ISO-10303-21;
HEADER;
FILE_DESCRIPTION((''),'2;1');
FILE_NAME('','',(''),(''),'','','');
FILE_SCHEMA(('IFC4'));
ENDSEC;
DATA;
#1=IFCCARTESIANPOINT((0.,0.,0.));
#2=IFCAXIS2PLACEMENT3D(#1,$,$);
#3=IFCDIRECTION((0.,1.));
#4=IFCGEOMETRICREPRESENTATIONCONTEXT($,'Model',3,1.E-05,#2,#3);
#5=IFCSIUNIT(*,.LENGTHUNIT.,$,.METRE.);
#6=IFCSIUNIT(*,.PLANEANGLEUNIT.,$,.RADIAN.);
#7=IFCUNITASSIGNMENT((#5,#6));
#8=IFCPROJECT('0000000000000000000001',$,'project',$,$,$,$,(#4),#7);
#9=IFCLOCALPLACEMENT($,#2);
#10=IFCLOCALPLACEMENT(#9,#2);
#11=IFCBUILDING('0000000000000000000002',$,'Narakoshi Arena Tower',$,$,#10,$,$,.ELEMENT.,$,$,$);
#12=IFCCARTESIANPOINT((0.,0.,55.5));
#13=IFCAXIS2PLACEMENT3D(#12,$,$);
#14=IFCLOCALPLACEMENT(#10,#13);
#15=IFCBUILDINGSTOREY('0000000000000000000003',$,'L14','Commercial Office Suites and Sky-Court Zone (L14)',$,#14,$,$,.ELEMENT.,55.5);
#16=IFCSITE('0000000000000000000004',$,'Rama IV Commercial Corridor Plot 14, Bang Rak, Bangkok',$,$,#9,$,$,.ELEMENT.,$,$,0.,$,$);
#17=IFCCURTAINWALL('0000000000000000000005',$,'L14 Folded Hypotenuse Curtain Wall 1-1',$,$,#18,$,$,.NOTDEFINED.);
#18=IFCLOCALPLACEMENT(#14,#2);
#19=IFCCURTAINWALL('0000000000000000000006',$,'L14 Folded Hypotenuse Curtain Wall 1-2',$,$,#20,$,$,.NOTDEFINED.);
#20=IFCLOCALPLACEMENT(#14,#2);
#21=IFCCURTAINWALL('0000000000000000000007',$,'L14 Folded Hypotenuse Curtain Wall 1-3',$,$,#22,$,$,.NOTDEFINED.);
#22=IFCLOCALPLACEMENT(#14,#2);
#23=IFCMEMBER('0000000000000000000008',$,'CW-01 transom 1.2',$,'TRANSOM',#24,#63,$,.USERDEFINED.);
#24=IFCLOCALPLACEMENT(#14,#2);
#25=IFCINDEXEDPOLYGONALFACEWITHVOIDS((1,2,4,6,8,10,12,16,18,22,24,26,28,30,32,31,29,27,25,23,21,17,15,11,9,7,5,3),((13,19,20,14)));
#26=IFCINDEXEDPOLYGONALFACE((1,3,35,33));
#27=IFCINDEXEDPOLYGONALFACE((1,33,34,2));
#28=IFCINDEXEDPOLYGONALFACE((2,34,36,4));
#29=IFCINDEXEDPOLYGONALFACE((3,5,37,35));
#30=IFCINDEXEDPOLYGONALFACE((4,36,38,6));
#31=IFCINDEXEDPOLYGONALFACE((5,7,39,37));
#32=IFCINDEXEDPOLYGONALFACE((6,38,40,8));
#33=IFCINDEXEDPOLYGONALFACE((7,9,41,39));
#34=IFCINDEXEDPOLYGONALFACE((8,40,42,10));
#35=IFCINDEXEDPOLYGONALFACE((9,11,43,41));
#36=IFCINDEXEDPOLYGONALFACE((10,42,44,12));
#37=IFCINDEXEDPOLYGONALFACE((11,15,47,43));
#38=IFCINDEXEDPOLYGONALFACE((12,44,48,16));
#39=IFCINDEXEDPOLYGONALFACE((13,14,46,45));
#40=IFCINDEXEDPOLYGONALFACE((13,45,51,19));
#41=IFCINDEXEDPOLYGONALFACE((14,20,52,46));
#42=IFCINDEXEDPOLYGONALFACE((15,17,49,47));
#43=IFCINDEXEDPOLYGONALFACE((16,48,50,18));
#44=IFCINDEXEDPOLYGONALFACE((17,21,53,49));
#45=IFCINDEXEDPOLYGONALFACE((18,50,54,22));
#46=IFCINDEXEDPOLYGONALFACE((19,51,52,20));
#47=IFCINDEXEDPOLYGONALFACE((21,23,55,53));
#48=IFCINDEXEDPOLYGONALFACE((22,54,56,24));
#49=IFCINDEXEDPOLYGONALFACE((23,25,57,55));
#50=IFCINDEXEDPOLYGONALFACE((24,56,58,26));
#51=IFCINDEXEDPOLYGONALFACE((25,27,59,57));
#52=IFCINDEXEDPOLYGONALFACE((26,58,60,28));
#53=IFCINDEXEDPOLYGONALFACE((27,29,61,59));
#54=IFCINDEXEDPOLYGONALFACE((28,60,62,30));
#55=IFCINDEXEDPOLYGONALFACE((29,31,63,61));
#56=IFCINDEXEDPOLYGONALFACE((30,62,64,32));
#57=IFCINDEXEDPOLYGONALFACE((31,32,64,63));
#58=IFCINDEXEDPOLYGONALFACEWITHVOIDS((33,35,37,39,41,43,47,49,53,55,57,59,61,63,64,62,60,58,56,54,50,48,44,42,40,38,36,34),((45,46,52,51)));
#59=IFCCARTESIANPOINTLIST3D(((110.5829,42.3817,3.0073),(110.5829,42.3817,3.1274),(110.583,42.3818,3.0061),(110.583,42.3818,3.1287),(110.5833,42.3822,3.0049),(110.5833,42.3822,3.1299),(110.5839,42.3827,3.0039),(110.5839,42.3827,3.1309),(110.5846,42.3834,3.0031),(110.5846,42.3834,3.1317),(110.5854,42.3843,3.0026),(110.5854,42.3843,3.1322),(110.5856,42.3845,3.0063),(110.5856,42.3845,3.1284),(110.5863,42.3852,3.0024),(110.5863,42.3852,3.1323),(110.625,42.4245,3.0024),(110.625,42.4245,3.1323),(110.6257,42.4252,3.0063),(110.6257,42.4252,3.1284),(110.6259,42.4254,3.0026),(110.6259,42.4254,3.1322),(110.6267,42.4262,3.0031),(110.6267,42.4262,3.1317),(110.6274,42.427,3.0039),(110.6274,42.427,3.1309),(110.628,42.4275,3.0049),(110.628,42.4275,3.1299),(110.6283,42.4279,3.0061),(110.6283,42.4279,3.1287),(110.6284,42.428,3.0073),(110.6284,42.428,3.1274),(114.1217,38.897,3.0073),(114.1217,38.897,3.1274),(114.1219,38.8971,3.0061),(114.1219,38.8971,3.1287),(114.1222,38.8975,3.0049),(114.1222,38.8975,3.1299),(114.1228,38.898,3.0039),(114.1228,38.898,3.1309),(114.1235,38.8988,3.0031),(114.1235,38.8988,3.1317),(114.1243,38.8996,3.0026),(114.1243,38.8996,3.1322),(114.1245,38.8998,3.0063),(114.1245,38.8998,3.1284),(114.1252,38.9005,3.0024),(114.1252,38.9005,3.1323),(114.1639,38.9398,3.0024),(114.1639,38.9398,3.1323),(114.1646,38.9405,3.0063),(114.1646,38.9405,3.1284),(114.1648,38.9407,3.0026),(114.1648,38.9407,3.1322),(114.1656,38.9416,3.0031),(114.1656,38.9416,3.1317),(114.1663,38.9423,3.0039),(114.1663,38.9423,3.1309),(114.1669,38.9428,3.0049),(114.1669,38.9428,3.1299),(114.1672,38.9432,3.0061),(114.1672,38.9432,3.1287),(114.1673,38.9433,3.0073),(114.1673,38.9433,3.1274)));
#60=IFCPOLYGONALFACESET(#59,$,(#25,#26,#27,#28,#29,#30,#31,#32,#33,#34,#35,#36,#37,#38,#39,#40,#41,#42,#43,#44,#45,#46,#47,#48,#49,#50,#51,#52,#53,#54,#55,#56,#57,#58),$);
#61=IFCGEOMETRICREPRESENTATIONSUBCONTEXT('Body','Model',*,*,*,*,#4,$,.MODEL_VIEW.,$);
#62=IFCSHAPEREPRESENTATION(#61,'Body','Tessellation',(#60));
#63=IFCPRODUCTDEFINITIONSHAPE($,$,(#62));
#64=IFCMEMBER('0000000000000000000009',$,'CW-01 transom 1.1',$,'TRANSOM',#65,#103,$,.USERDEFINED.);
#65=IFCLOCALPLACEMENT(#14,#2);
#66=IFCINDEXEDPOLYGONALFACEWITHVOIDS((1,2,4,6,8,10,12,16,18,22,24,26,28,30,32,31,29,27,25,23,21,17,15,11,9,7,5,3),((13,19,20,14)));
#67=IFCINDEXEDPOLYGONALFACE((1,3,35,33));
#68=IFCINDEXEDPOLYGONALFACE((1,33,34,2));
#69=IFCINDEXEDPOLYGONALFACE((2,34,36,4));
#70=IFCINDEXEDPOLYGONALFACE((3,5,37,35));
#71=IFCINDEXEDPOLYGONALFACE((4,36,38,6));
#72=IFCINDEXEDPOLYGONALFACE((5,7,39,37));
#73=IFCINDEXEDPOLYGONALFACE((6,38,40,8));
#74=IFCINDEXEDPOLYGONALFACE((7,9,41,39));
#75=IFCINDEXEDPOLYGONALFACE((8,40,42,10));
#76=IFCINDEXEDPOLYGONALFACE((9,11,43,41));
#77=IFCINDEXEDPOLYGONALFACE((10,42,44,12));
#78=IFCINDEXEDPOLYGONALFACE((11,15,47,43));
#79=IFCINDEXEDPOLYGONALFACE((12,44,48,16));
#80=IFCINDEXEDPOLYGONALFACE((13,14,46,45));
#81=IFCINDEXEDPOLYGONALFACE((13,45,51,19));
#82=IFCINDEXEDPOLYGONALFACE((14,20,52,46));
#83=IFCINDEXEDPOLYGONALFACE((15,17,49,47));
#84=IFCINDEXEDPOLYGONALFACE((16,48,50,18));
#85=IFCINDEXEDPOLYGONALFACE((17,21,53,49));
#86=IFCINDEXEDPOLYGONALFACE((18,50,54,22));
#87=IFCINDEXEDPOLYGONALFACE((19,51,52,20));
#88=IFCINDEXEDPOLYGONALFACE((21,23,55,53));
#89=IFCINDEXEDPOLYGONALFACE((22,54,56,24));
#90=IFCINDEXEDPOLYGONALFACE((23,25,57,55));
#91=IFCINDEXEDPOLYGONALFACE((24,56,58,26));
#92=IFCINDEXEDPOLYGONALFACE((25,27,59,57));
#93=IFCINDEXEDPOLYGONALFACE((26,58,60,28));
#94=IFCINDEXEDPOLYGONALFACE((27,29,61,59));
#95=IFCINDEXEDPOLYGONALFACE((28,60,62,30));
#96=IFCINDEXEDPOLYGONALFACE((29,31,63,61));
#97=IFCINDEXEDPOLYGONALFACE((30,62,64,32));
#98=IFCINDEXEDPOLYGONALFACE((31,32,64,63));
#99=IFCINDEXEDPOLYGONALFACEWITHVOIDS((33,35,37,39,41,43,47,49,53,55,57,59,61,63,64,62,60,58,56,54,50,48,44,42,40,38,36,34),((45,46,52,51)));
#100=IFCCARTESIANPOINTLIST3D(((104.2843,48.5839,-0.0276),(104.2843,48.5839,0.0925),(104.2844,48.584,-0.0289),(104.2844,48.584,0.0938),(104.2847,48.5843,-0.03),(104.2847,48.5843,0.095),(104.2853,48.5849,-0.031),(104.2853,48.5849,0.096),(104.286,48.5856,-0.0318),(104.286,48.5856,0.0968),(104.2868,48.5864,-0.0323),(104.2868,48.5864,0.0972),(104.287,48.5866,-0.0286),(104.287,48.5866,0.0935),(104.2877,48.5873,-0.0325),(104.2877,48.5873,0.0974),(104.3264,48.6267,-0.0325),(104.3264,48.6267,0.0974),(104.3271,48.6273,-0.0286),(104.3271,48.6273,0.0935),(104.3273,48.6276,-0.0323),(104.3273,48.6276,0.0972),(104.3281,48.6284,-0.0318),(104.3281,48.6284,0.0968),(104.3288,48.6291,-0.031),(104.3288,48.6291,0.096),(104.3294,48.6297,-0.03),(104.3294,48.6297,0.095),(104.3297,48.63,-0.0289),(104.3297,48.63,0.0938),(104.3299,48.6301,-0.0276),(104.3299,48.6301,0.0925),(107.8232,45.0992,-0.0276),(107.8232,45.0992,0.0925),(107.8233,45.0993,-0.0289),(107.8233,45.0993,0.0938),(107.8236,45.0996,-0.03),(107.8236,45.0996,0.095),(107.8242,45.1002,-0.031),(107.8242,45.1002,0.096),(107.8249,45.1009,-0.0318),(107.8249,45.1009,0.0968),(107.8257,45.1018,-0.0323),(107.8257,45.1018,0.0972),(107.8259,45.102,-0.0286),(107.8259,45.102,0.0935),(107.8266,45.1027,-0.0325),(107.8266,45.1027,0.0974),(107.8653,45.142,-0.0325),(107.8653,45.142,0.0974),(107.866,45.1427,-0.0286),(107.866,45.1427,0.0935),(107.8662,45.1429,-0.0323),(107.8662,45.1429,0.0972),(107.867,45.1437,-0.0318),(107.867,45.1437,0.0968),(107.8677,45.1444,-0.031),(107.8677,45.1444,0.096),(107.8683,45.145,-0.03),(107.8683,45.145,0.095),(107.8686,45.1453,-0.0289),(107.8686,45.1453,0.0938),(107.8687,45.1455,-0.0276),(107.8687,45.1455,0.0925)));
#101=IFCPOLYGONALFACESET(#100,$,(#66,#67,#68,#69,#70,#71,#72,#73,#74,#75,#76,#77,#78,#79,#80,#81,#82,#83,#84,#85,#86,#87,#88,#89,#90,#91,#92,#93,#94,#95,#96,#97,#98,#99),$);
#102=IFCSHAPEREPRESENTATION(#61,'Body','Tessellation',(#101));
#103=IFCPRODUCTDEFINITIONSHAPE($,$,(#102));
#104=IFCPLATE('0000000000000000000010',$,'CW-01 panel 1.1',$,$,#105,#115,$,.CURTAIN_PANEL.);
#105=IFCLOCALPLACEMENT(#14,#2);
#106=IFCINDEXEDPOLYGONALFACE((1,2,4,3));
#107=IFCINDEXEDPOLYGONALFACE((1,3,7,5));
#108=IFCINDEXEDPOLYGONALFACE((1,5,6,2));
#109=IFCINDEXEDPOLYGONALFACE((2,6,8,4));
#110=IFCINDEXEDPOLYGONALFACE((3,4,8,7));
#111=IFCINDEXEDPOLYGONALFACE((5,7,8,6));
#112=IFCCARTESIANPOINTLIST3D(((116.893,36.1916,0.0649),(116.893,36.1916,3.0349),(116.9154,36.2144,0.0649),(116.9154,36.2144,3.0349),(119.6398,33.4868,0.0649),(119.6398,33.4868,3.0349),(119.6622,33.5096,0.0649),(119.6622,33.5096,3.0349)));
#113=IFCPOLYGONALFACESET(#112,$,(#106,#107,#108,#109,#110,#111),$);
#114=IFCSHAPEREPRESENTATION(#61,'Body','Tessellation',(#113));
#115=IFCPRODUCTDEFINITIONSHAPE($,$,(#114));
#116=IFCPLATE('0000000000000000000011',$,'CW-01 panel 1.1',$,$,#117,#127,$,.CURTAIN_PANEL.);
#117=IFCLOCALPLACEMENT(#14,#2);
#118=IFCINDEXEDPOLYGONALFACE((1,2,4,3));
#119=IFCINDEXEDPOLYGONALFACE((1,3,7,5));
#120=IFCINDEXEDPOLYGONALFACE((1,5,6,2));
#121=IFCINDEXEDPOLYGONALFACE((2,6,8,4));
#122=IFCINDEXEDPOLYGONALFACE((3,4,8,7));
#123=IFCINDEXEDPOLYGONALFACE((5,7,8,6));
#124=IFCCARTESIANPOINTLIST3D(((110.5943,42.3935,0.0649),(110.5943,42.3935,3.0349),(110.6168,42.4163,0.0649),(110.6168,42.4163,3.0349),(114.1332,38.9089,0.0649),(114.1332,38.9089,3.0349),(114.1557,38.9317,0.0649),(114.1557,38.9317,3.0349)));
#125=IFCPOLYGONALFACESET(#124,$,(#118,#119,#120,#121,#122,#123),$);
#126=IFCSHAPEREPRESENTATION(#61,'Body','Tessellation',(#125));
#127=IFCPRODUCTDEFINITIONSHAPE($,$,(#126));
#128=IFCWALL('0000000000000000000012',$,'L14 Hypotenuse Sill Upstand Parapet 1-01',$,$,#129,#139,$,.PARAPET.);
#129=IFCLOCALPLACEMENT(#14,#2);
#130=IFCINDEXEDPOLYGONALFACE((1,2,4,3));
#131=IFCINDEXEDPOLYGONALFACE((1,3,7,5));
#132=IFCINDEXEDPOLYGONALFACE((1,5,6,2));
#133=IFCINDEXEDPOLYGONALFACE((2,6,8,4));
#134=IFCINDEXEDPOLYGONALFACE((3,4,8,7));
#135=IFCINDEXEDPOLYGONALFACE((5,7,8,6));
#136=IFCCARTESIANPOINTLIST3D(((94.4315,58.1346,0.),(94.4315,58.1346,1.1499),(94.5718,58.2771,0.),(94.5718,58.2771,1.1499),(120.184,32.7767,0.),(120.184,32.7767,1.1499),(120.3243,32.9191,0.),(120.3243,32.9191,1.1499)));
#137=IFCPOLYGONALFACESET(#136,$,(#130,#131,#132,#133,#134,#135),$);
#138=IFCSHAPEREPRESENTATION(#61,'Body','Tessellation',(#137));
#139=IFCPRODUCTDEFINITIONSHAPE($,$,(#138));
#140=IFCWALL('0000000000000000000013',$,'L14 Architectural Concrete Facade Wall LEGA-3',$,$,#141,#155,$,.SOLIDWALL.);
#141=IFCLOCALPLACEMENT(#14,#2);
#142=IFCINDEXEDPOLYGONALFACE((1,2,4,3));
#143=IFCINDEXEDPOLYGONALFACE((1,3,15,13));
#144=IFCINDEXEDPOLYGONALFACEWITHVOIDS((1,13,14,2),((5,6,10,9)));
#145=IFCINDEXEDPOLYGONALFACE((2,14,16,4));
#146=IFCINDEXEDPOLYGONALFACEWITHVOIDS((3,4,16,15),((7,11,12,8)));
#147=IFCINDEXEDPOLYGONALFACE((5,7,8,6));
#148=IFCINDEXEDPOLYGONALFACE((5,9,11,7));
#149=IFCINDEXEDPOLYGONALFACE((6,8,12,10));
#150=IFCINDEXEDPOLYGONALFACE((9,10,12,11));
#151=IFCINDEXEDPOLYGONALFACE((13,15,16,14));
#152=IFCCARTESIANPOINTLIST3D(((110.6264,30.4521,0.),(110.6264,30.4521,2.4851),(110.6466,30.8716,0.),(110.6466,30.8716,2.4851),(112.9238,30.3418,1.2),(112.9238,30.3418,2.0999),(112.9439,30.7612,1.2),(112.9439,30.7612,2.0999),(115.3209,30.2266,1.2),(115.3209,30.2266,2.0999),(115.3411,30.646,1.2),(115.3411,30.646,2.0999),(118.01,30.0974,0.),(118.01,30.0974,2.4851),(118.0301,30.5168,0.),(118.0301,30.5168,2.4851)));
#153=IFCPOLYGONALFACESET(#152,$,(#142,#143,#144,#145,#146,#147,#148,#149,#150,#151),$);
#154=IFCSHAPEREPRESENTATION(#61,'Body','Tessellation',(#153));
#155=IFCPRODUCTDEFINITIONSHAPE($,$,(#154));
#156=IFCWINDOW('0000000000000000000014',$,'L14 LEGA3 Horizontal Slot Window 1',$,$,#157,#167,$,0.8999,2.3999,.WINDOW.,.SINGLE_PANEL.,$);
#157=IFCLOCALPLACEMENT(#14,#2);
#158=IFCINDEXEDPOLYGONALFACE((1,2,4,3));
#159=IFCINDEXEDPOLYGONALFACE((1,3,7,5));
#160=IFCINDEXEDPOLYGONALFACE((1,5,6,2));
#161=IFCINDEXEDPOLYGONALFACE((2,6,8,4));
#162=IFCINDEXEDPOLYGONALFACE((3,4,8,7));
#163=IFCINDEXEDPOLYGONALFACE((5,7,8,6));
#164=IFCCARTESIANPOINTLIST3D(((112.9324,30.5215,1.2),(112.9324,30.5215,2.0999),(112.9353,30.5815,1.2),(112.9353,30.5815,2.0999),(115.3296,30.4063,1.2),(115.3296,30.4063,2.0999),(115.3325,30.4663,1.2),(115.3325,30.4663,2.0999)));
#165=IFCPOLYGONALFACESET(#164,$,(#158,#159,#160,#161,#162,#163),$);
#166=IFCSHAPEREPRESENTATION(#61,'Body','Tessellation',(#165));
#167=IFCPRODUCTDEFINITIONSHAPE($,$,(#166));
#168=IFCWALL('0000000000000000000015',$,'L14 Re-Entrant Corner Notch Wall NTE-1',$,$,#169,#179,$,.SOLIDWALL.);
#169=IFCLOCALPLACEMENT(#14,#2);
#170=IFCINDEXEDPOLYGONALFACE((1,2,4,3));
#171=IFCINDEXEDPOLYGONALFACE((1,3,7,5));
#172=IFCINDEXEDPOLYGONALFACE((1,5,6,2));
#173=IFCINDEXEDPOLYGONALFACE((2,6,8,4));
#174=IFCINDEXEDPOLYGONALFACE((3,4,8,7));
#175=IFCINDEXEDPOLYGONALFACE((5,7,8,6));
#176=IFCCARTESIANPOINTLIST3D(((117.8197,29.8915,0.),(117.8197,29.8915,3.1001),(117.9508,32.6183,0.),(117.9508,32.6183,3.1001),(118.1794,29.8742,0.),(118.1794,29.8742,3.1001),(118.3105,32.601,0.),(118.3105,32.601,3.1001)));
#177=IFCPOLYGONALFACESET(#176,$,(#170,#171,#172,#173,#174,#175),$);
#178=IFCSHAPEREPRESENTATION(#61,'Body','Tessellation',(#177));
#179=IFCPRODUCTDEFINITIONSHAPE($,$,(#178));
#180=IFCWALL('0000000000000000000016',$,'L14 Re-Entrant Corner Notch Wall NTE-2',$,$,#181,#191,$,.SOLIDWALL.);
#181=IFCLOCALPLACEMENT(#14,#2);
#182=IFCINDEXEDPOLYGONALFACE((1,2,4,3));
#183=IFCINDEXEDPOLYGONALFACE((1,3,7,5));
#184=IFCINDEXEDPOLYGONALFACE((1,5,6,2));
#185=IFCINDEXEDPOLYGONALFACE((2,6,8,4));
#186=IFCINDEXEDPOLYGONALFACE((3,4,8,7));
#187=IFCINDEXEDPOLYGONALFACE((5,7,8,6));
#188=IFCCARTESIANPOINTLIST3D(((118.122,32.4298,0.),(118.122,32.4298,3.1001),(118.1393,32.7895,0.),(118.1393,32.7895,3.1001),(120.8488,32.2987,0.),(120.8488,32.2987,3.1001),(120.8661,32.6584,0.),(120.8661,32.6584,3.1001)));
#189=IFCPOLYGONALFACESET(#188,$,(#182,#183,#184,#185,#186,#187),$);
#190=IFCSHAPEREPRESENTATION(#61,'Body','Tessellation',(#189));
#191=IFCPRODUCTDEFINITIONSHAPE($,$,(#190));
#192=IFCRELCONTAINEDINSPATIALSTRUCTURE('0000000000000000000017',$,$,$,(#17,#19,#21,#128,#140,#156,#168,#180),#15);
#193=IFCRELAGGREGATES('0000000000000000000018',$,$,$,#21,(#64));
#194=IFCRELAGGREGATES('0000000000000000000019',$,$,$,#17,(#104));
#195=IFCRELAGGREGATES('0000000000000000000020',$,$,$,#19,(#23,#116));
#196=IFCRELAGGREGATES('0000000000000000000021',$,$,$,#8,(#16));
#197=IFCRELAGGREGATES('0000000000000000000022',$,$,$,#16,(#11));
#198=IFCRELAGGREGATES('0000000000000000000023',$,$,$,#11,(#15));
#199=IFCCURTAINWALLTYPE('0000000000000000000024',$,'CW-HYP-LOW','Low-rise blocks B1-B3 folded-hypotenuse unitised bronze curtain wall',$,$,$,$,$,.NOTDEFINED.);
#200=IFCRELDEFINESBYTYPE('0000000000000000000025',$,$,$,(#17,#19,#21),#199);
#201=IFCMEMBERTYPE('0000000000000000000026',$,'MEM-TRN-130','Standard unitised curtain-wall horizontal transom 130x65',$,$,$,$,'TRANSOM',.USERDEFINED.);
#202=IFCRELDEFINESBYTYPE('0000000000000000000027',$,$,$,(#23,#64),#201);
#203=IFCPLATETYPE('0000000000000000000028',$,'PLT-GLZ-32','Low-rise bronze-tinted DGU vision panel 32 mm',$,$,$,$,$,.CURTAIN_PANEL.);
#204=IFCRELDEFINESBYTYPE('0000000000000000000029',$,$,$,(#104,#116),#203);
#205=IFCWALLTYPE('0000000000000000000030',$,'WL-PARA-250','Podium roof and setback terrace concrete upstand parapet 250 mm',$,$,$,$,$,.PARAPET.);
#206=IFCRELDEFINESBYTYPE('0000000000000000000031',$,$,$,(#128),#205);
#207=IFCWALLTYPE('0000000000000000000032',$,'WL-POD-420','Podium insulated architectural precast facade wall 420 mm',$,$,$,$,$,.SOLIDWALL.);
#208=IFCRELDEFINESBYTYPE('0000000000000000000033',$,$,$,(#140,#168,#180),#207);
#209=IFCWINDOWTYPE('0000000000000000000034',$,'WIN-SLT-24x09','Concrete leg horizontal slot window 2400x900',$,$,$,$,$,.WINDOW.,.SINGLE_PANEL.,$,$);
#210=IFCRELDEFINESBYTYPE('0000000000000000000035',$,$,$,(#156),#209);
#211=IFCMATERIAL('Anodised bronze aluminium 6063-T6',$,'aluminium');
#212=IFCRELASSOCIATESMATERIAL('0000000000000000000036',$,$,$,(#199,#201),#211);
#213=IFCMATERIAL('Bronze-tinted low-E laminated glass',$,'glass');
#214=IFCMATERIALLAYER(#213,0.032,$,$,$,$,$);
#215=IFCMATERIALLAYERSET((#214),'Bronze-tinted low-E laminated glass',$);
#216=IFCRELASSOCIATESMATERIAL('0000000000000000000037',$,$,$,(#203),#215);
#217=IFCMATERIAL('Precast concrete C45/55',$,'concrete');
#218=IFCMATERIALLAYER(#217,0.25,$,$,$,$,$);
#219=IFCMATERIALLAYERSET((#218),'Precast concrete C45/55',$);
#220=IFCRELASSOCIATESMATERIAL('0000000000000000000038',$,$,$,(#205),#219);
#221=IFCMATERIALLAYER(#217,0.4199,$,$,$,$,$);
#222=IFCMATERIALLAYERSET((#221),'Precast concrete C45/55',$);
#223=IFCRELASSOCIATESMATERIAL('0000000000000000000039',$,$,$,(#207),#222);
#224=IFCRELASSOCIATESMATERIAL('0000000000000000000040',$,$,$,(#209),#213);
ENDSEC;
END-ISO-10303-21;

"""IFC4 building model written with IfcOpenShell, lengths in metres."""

from ifc_helpers import new_model, si_unit, direction, frame, frame_2d, origin, origin_2d, place, context, subcontext, project, spatial, rectangle, hollow_rectangle, extrude, material, layer, layer_set, material_profile, profile_set, type_object, element, fill, aggregate, save


model = new_model("IFC4")

# Units and contexts
model_context = context("Model", 3, precision=1e-05, world=origin(), true_north=direction((0.0, 1.0)))
body_context = subcontext(model_context, "Body", "Model", "MODEL_VIEW")
ifc_project = project(units=[si_unit("LENGTHUNIT", "METRE"), si_unit("PLANEANGLEUNIT", "RADIAN")], contexts=[model_context])

# Site, building, storey
site_placement = place(None, origin())
site = spatial("IfcSite", under=ifc_project, at=site_placement, Name="Rama IV Commercial Corridor Plot 14, Bang Rak, Bangkok", CompositionType="ELEMENT", RefElevation=0.0)
building_placement = place(site_placement, origin())
building = spatial("IfcBuilding", under=site, at=building_placement, Name="Narakoshi Arena Tower", CompositionType="ELEMENT")
storey_placement = place(building_placement, frame((0.0, 0.0, 55.5)))
storey = spatial("IfcBuildingStorey", under=building, at=storey_placement, Name="L14", Description="Commercial Office Suites and Sky-Court Zone (L14)", CompositionType="ELEMENT", Elevation=55.5)

# Curtain walls
ifc_material_1 = material(Name="Anodised bronze aluminium 6063-T6", Category="aluminium")
curtain_wall_type = type_object("IfcCurtainWallType", Name="CW-HYP-LOW", Description="Low-rise blocks B1-B3 folded-hypotenuse unitised bronze curtain wall", PredefinedType="NOTDEFINED", material=ifc_material_1)
curtain_wall_1_placement = place(storey_placement, origin())
curtain_wall_1 = element("IfcCurtainWall", 1, at=curtain_wall_1_placement, inside=storey, type_object=curtain_wall_type, Name="L14 Folded Hypotenuse Curtain Wall 1-1", PredefinedType="NOTDEFINED")
curtain_wall_2_placement = place(storey_placement, origin())
curtain_wall_2 = element("IfcCurtainWall", 2, at=curtain_wall_2_placement, inside=storey, type_object=curtain_wall_type, Name="L14 Folded Hypotenuse Curtain Wall 1-2", PredefinedType="NOTDEFINED")

# Curtain wall
curtain_wall_3_placement = place(storey_placement, origin())
curtain_wall_3 = element("IfcCurtainWall", 3, at=curtain_wall_3_placement, inside=storey, type_object=curtain_wall_type, Name="L14 Folded Hypotenuse Curtain Wall 1-3", PredefinedType="NOTDEFINED")

# Members
ifc_material_profile_1 = material_profile(ifc_material_1, hollow_rectangle(XDim=0.0649, YDim=0.1299, WallThickness=0.0039, OuterFilletRadius=0.0049, at=origin_2d()), Name="TRN130x65x4")
ifc_profile_set_1 = profile_set([ifc_material_profile_1], Name="Anodised bronze aluminium 6063-T6")
member_type_1 = type_object("IfcMemberType", Name="MEM-TRN-130", Description="Standard unitised curtain-wall horizontal transom 130x65", ElementType="TRANSOM", PredefinedType="USERDEFINED", material=ifc_profile_set_1)
member_1_placement = place(storey_placement, frame((114.1445, 38.9202, 3.0674), z_axis=(-0.712542, 0.701629, 0.0), x_axis=(-0.701629, -0.712542, 0.0)))
member_1 = element("IfcMember", 4, at=member_1_placement, type_object=member_type_1, Name="CW-01 transom 1.2", ObjectType="TRANSOM", PredefinedType="USERDEFINED", context=body_context, shape_type="SweptSolid", body=[
    extrude(hollow_rectangle(XDim=0.0649, YDim=0.1299, WallThickness=0.0039, OuterFilletRadius=0.0049, at=origin_2d()), origin(), (0.0, 0.0, 1.0), 4.9666),
])
member_2_placement = place(storey_placement, frame((107.8459, 45.1223, 0.0325), z_axis=(-0.712542, 0.701629, 0.0), x_axis=(-0.701629, -0.712542, 0.0)))
member_2 = element("IfcMember", 5, at=member_2_placement, type_object=member_type_1, Name="CW-01 transom 1.1", ObjectType="TRANSOM", PredefinedType="USERDEFINED", context=body_context, shape_type="SweptSolid", body=[
    extrude(hollow_rectangle(XDim=0.0649, YDim=0.1299, WallThickness=0.0039, OuterFilletRadius=0.0049, at=origin_2d()), origin(), (0.0, 0.0, 1.0), 4.9666),
])
aggregate(curtain_wall_3, [member_2])

# Plates
ifc_material_2 = material(Name="Bronze-tinted low-E laminated glass", Category="glass")
ifc_layer_1 = layer(ifc_material_2, 0.032)
ifc_layer_set_1 = layer_set([ifc_layer_1], Name="Bronze-tinted low-E laminated glass")
plate_type = type_object("IfcPlateType", Name="PLT-GLZ-32", Description="Low-rise bronze-tinted DGU vision panel 32 mm", PredefinedType="CURTAIN_PANEL", material=ifc_layer_set_1)
plate_1_placement = place(storey_placement, frame((118.2776, 34.8506, 0.0649), z_axis=(0.0, 0.0, 1.0), x_axis=(-0.712541, 0.70163, 0.0)))
plate_1 = element("IfcPlate", 6, at=plate_1_placement, type_object=plate_type, Name="CW-01 panel 1.1", PredefinedType="CURTAIN_PANEL", context=body_context, shape_type="SweptSolid", body=[
    extrude(rectangle(XDim=3.855, YDim=0.032, at=origin_2d()), origin(), (0.0, 0.0, 1.0), 2.97),
])
aggregate(curtain_wall_1, [plate_1])
plate_2_placement = place(storey_placement, frame((112.375, 40.6626, 0.0649), z_axis=(0.0, 0.0, 1.0), x_axis=(-0.712548, 0.701623, 0.0)))
plate_2 = element("IfcPlate", 7, at=plate_2_placement, type_object=plate_type, Name="CW-01 panel 1.1", PredefinedType="CURTAIN_PANEL", context=body_context, shape_type="SweptSolid", body=[
    extrude(rectangle(XDim=4.9666, YDim=0.032, at=origin_2d()), origin(), (0.0, 0.0, 1.0), 2.97),
])
aggregate(curtain_wall_2, [member_1, plate_2])

# Wall
ifc_material_3 = material(Name="Precast concrete C45/55", Category="concrete")
ifc_layer_2 = layer(ifc_material_3, 0.25)
ifc_layer_set_2 = layer_set([ifc_layer_2], Name="Precast concrete C45/55")
wall_type_1 = type_object("IfcWallType", Name="WL-PARA-250", Description="Podium roof and setback terrace concrete upstand parapet 250 mm", PredefinedType="PARAPET", material=ifc_layer_set_2)
wall_1_placement = place(storey_placement, frame((120.2542, 32.8479, 0.0), z_axis=(0.0, 0.0, 1.0), x_axis=(-0.712544, 0.701628, 0.0)))
element("IfcWall", 8, at=wall_1_placement, inside=storey, type_object=wall_type_1, Name="L14 Hypotenuse Sill Upstand Parapet 1-01", PredefinedType="PARAPET", context=body_context, shape_type="SweptSolid", body=[
    extrude(rectangle(XDim=36.1416, YDim=0.2, at=frame_2d((18.0708, 0.0))), origin(), (0.0, 0.0, 1.0), 1.1499),
])

# Wall, opening, window
ifc_layer_3 = layer(ifc_material_3, 0.4199)
ifc_layer_set_3 = layer_set([ifc_layer_3], Name="Precast concrete C45/55")
wall_type_2 = type_object("IfcWallType", Name="WL-POD-420", Description="Podium insulated architectural precast facade wall 420 mm", PredefinedType="SOLIDWALL", material=ifc_layer_set_3)
wall_2_placement = place(storey_placement, frame((110.6365, 30.6619, 0.0), z_axis=(0.0, 0.0, 1.0), x_axis=(0.998848, -0.047989, 0.0)))
wall_2 = element("IfcWall", 9, at=wall_2_placement, inside=storey, type_object=wall_type_2, Name="L14 Architectural Concrete Facade Wall LEGA-3", PredefinedType="SOLIDWALL", context=body_context, shape_type="SweptSolid", body=[
    extrude(rectangle(XDim=7.3921, YDim=0.4199, at=frame_2d((3.696, 0.0))), origin(), (0.0, 0.0, 1.0), 2.4851),
])
opening_placement = place(wall_2_placement, frame((2.3, 0.0, 1.2)))
opening = element("IfcOpeningElement", 10, at=opening_placement, cuts=wall_2, PredefinedType="OPENING", context=body_context, shape_type="SweptSolid", body=[
    extrude(rectangle(XDim=2.3999, YDim=0.8999, at=frame_2d((1.2, 0.45))), frame((0.0, 0.22, 0.0), z_axis=(0.0, -1.0, 0.0), x_axis=(1.0, 0.0, 0.0)), (0.0, 0.0, 1.0), 0.4399),
])
window_type = type_object("IfcWindowType", Name="WIN-SLT-24x09", Description="Concrete leg horizontal slot window 2400x900", PartitioningType="SINGLE_PANEL", PredefinedType="WINDOW", material=ifc_material_2)
window_placement = place(opening_placement, origin())
window = element("IfcWindow", 11, at=window_placement, inside=storey, type_object=window_type, Name="L14 LEGA3 Horizontal Slot Window 1", OverallHeight=0.8999, OverallWidth=2.3999, PartitioningType="SINGLE_PANEL", PredefinedType="WINDOW", context=body_context, shape_type="SweptSolid", body=[
    extrude(rectangle(XDim=2.3999, YDim=0.8999, at=frame_2d((1.2, 0.45))), frame((0.0, 0.03, 0.0), z_axis=(0.0, -1.0, 0.0), x_axis=(1.0, 0.0, 0.0)), (0.0, 0.0, 1.0), 0.0601),
])
fill(opening, window)

# Walls
for number, where, z_axis, x_axis, name in (
    (12, (117.9995, 29.8828, 0.0), (0.0, 0.0, 1.0), (0.048024, 0.998846, 0.0), "L14 Re-Entrant Corner Notch Wall NTE-1"),
    (13, (118.1306, 32.6096, 0.0), (0.0, 0.0, 1.0), (0.998846, -0.048024, 0.0), "L14 Re-Entrant Corner Notch Wall NTE-2"),
):
    element("IfcWall", number, at=place(storey_placement, frame(where, z_axis=z_axis, x_axis=x_axis)), inside=storey, type_object=wall_type_2, Name=name, PredefinedType="SOLIDWALL", context=body_context, shape_type="SweptSolid", body=[
        extrude(rectangle(XDim=2.73, YDim=0.3601, at=frame_2d((1.365, 0.0))), origin(), (0.0, 0.0, 1.0), 3.1001),
    ])

save(model, "model.ifc")
